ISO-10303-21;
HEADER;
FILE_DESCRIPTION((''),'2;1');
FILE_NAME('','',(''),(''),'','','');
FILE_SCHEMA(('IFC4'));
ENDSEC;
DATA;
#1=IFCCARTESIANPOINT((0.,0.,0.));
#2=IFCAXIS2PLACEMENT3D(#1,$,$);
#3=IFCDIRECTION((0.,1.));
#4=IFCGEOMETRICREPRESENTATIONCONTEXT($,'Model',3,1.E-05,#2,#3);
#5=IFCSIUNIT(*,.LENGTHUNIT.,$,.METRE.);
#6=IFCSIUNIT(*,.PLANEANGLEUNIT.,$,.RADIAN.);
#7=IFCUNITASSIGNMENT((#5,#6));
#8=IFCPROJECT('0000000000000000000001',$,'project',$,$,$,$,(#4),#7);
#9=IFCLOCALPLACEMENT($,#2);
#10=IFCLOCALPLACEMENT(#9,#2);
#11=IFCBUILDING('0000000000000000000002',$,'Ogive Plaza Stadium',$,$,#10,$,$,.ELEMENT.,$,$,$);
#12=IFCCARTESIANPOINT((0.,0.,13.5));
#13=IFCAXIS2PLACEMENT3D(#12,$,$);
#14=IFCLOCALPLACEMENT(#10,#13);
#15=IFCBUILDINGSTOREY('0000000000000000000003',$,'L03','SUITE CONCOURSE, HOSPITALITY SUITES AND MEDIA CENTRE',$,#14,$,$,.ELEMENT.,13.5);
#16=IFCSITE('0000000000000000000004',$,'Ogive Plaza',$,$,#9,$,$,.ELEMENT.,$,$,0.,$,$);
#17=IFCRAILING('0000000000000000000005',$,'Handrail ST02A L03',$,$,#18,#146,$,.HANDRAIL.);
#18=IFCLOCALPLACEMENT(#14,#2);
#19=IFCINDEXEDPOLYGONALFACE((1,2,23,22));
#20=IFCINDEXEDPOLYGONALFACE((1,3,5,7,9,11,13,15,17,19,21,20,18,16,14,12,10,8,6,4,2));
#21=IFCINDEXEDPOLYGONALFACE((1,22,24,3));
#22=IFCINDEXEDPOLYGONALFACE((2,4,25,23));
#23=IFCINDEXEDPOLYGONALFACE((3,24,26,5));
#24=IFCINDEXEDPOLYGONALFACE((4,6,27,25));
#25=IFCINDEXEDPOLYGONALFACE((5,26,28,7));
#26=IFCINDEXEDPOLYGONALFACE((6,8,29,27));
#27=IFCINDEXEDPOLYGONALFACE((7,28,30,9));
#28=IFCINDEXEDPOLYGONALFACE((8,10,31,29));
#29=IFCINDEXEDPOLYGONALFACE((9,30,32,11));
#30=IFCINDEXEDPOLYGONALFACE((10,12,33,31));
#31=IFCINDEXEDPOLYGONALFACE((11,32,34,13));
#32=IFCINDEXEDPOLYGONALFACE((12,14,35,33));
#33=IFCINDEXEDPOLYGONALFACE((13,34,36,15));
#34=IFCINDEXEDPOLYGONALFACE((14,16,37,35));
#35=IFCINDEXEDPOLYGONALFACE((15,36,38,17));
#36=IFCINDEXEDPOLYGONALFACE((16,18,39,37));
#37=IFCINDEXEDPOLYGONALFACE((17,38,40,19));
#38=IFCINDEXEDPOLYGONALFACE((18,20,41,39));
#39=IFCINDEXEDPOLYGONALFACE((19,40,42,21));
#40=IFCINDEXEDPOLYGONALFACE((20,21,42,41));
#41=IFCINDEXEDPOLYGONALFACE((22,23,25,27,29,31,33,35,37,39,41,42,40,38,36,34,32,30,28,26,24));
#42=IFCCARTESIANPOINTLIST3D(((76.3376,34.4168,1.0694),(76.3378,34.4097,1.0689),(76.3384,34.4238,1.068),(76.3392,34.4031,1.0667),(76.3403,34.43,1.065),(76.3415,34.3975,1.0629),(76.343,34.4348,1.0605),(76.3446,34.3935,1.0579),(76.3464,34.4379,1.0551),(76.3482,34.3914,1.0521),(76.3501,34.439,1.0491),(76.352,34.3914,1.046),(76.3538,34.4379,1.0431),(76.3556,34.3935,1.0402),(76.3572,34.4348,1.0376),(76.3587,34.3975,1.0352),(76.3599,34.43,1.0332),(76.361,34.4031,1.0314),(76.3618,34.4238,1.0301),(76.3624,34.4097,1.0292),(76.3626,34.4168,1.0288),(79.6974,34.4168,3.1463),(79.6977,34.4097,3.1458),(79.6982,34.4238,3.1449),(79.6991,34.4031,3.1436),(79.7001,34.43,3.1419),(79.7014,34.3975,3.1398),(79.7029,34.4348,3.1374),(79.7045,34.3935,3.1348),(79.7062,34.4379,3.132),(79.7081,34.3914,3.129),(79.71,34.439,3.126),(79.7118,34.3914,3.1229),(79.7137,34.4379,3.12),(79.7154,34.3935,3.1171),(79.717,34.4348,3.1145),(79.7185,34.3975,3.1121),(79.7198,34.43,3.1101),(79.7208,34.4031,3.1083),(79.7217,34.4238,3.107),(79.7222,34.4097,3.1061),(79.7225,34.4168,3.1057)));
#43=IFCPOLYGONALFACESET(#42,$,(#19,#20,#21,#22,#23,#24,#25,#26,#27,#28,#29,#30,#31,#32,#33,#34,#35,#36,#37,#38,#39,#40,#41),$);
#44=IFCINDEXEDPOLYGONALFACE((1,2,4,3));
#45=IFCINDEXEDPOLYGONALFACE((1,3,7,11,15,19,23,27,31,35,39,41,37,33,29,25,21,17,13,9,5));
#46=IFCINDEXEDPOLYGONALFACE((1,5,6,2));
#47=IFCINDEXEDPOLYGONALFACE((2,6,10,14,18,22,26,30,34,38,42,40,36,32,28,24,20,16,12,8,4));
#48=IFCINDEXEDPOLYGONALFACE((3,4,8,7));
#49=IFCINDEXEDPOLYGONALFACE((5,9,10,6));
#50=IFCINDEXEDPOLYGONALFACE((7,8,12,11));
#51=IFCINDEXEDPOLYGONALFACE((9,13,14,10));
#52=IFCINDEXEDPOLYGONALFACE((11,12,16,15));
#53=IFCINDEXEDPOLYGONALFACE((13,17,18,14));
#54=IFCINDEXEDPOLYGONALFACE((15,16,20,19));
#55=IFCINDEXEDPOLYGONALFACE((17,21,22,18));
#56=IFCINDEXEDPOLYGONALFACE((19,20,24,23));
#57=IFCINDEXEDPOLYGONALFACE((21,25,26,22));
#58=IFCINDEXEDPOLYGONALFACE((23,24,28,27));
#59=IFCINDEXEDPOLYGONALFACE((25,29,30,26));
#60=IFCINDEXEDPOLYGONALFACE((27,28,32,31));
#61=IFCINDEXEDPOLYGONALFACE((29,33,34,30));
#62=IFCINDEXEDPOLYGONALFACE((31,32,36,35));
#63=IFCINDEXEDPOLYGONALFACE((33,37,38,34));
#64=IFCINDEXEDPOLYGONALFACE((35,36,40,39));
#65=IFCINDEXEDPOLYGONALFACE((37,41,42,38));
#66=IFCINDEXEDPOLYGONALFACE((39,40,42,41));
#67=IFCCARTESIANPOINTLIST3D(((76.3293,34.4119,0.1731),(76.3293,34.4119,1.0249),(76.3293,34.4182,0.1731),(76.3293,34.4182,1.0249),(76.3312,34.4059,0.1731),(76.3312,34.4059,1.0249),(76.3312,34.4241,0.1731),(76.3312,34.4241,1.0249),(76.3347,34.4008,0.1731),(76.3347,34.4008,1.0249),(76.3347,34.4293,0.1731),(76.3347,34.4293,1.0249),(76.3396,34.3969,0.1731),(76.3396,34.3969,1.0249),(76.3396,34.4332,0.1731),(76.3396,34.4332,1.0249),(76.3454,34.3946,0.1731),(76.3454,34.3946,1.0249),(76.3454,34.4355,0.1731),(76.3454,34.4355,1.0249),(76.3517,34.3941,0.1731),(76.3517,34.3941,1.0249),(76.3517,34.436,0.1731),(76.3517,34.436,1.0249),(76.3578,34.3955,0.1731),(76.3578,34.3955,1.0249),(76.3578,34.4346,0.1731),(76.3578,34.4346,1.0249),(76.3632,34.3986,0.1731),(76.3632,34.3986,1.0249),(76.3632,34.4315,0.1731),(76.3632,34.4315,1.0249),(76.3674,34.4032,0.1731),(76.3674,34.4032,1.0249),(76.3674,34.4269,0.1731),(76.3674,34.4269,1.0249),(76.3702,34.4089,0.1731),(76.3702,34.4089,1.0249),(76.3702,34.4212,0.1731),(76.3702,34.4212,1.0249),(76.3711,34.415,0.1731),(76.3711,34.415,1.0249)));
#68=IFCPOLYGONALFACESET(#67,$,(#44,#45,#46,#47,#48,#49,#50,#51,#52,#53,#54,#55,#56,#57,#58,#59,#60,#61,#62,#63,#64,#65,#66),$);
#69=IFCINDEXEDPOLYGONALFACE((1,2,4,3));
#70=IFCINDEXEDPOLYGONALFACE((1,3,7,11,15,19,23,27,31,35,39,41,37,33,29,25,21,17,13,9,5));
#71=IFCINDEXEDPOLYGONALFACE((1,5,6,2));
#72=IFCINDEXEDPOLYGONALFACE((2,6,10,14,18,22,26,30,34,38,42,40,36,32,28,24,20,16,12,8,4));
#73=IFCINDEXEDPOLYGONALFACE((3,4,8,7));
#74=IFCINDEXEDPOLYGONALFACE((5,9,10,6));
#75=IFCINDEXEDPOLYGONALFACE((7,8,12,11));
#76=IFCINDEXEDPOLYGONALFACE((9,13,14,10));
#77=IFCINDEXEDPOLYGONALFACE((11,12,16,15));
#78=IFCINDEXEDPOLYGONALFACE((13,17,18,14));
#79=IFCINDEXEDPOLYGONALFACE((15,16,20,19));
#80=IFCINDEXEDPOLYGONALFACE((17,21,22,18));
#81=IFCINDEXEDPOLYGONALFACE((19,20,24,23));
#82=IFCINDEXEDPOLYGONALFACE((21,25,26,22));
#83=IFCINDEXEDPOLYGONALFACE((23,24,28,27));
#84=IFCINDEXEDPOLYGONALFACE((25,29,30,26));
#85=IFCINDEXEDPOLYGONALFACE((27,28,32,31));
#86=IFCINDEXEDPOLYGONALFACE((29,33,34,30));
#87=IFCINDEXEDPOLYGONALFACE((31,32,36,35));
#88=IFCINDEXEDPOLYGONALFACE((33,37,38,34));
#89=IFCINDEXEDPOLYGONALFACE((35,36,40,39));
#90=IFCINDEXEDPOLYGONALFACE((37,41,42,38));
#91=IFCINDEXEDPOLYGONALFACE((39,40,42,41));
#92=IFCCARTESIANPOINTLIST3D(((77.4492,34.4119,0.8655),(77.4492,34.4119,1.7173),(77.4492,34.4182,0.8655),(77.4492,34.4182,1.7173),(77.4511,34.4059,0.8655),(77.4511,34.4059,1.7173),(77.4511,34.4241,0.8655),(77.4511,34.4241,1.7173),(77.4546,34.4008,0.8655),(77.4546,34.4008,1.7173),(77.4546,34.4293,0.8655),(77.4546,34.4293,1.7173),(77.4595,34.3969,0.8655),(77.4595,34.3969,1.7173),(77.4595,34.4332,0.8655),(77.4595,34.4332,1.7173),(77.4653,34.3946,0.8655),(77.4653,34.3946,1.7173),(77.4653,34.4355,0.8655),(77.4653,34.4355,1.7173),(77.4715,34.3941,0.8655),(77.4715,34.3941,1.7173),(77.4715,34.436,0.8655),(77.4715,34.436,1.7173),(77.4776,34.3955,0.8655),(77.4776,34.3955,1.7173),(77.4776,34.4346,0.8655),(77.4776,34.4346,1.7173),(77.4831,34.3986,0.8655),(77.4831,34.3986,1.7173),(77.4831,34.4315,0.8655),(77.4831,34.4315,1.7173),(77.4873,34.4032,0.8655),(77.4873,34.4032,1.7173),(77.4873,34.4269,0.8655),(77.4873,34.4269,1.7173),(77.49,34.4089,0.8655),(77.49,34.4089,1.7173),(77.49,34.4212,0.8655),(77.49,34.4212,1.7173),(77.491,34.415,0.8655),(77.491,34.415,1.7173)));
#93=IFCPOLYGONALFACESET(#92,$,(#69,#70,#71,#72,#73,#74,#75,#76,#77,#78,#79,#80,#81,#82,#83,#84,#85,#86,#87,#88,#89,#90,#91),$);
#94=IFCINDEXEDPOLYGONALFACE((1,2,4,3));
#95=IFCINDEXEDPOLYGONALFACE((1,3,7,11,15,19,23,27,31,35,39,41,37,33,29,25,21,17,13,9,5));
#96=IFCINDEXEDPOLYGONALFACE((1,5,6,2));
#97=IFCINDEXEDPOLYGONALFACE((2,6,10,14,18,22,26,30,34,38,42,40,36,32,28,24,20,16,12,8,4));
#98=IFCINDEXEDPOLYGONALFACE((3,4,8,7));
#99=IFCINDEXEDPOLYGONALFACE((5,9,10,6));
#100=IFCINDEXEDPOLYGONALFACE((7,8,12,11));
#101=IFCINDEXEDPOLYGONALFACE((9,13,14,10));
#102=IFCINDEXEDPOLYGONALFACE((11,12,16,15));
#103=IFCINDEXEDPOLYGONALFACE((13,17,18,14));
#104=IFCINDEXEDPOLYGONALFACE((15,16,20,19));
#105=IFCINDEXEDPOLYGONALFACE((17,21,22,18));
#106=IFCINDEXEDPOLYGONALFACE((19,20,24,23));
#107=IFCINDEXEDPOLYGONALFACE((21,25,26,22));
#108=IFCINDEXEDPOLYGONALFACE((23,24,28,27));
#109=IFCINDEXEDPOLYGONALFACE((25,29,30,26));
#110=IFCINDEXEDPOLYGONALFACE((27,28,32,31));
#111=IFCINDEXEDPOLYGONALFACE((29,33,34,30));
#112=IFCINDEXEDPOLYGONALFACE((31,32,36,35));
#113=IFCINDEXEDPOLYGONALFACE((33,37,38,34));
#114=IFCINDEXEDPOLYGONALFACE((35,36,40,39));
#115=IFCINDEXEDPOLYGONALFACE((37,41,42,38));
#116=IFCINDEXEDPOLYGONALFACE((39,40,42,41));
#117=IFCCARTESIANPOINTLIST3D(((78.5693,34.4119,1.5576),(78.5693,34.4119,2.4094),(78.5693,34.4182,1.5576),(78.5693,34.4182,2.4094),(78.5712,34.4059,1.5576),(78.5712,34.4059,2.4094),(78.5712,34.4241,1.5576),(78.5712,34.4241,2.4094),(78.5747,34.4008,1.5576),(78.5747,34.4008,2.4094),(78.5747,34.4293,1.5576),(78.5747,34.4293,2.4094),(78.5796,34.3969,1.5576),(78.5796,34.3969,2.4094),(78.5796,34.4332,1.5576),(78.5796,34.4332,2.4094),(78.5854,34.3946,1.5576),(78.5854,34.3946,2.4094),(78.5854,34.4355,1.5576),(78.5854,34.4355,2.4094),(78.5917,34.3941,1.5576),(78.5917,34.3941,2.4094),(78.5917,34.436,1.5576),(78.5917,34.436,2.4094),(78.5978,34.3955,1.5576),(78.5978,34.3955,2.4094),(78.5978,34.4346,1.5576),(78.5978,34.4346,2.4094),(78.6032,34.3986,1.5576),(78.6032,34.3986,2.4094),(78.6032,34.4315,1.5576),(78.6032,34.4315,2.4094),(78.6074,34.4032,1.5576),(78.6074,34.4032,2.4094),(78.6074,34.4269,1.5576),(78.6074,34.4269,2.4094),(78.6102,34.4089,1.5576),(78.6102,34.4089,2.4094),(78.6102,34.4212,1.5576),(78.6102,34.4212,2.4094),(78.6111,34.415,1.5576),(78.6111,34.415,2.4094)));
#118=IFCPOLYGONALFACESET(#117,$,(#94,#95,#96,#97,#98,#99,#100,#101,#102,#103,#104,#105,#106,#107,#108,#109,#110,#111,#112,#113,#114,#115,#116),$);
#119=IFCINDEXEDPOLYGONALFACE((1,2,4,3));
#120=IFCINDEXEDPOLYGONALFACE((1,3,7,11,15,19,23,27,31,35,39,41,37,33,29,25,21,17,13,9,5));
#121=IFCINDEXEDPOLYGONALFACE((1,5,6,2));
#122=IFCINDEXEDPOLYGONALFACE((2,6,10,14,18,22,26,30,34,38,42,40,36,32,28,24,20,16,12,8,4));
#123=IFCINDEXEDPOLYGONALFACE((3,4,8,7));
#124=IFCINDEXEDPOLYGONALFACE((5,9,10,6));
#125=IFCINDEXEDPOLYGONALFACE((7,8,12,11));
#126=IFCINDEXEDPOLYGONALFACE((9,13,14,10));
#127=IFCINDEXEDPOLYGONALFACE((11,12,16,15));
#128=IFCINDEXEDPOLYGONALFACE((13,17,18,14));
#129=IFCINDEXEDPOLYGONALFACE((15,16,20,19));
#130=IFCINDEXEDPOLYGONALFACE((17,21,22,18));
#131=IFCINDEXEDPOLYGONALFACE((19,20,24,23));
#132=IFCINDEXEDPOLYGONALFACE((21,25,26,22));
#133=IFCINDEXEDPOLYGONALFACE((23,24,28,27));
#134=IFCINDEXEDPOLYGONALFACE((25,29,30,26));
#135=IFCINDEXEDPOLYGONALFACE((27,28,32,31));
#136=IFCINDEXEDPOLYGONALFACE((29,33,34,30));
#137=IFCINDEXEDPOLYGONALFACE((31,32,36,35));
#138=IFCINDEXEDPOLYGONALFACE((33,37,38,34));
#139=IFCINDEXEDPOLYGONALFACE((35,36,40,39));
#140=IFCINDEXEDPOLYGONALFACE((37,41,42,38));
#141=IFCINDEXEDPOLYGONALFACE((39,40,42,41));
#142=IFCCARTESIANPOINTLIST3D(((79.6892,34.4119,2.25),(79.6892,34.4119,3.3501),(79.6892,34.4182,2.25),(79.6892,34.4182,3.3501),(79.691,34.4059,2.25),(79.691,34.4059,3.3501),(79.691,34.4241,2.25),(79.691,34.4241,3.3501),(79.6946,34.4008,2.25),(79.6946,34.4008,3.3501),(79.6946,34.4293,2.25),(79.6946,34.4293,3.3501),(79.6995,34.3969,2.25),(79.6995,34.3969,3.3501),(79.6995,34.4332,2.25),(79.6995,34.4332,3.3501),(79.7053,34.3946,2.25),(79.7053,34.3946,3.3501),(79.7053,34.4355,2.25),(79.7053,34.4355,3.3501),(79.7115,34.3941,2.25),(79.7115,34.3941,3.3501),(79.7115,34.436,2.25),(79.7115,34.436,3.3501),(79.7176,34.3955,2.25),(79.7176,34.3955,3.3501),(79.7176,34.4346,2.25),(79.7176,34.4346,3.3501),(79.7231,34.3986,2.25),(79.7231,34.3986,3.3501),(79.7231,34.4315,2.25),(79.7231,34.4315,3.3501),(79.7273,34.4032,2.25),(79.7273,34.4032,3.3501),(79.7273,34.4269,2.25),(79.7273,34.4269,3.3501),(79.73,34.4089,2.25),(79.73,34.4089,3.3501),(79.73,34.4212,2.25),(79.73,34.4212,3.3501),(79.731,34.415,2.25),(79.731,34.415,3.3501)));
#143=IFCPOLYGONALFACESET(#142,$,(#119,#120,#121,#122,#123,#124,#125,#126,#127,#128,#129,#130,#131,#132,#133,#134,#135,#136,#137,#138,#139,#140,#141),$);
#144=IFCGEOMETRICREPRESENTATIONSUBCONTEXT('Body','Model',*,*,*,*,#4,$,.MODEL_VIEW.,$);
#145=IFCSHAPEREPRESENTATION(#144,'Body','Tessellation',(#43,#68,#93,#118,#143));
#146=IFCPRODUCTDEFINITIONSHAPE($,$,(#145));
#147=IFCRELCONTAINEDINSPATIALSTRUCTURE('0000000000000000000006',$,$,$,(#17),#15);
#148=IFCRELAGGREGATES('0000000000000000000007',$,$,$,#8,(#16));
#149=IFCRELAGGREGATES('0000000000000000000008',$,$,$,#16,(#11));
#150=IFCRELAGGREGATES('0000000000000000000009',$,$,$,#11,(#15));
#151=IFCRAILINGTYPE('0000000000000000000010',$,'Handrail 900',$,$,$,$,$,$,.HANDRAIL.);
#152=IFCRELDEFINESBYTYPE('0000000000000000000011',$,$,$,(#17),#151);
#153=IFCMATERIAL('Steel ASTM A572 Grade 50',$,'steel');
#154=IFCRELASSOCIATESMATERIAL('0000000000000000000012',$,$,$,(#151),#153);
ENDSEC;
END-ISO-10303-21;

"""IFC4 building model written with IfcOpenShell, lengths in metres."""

from ifc_helpers import new_model, si_unit, direction, frame, origin, origin_2d, place, context, subcontext, project, spatial, circle, extrude, material, type_object, element, save


model = new_model("IFC4")

# Units and contexts
model_context = context("Model", 3, precision=1e-05, world=origin(), true_north=direction((0.0, 1.0)))
body_context = subcontext(model_context, "Body", "Model", "MODEL_VIEW")
ifc_project = project(units=[si_unit("LENGTHUNIT", "METRE"), si_unit("PLANEANGLEUNIT", "RADIAN")], contexts=[model_context])

# Site, building, storey
site_placement = place(None, origin())
site = spatial("IfcSite", under=ifc_project, at=site_placement, Name="Ogive Plaza", CompositionType="ELEMENT", RefElevation=0.0)
building_placement = place(site_placement, origin())
building = spatial("IfcBuilding", under=site, at=building_placement, Name="Ogive Plaza Stadium", CompositionType="ELEMENT")
storey_placement = place(building_placement, frame((0.0, 0.0, 13.5)))
storey = spatial("IfcBuildingStorey", under=building, at=storey_placement, Name="L03", Description="SUITE CONCOURSE, HOSPITALITY SUITES AND MEDIA CENTRE", CompositionType="ELEMENT", Elevation=13.5)

# Railing
ifc_material_1 = material(Name="Steel ASTM A572 Grade 50", Category="steel")
railing_type_1 = type_object("IfcRailingType", Name="Handrail 900", PredefinedType="HANDRAIL", material=ifc_material_1)
railing_placement = place(storey_placement, frame((76.3501, 34.415, 0.1731)))
element("IfcRailing", 1, at=railing_placement, inside=storey, type_object=railing_type_1, Name="Handrail ST02A L03", PredefinedType="HANDRAIL", context=body_context, shape_type="SweptSolid", body=[
    extrude(circle(Radius=0.0239, at=origin_2d()), frame((0.0, 0.0, 0.876), z_axis=(0.850606, 0.0, 0.525803), x_axis=(0.0, 1.0, 0.0)), (0.0, 0.0, 1.0), 3.95),
    extrude(circle(Radius=0.021, at=origin_2d()), origin(), (0.0, 0.0, 1.0), 0.8518),
    extrude(circle(Radius=0.021, at=origin_2d()), frame((1.1199, 0.0, 0.6924)), (0.0, 0.0, 1.0), 0.8518),
    extrude(circle(Radius=0.021, at=origin_2d()), frame((2.24, 0.0, 1.3845)), (0.0, 0.0, 1.0), 0.8518),
    extrude(circle(Radius=0.021, at=origin_2d()), frame((3.3599, 0.0, 2.0769)), (0.0, 0.0, 1.0), 1.1001),
])

save(model, "model.ifc")
